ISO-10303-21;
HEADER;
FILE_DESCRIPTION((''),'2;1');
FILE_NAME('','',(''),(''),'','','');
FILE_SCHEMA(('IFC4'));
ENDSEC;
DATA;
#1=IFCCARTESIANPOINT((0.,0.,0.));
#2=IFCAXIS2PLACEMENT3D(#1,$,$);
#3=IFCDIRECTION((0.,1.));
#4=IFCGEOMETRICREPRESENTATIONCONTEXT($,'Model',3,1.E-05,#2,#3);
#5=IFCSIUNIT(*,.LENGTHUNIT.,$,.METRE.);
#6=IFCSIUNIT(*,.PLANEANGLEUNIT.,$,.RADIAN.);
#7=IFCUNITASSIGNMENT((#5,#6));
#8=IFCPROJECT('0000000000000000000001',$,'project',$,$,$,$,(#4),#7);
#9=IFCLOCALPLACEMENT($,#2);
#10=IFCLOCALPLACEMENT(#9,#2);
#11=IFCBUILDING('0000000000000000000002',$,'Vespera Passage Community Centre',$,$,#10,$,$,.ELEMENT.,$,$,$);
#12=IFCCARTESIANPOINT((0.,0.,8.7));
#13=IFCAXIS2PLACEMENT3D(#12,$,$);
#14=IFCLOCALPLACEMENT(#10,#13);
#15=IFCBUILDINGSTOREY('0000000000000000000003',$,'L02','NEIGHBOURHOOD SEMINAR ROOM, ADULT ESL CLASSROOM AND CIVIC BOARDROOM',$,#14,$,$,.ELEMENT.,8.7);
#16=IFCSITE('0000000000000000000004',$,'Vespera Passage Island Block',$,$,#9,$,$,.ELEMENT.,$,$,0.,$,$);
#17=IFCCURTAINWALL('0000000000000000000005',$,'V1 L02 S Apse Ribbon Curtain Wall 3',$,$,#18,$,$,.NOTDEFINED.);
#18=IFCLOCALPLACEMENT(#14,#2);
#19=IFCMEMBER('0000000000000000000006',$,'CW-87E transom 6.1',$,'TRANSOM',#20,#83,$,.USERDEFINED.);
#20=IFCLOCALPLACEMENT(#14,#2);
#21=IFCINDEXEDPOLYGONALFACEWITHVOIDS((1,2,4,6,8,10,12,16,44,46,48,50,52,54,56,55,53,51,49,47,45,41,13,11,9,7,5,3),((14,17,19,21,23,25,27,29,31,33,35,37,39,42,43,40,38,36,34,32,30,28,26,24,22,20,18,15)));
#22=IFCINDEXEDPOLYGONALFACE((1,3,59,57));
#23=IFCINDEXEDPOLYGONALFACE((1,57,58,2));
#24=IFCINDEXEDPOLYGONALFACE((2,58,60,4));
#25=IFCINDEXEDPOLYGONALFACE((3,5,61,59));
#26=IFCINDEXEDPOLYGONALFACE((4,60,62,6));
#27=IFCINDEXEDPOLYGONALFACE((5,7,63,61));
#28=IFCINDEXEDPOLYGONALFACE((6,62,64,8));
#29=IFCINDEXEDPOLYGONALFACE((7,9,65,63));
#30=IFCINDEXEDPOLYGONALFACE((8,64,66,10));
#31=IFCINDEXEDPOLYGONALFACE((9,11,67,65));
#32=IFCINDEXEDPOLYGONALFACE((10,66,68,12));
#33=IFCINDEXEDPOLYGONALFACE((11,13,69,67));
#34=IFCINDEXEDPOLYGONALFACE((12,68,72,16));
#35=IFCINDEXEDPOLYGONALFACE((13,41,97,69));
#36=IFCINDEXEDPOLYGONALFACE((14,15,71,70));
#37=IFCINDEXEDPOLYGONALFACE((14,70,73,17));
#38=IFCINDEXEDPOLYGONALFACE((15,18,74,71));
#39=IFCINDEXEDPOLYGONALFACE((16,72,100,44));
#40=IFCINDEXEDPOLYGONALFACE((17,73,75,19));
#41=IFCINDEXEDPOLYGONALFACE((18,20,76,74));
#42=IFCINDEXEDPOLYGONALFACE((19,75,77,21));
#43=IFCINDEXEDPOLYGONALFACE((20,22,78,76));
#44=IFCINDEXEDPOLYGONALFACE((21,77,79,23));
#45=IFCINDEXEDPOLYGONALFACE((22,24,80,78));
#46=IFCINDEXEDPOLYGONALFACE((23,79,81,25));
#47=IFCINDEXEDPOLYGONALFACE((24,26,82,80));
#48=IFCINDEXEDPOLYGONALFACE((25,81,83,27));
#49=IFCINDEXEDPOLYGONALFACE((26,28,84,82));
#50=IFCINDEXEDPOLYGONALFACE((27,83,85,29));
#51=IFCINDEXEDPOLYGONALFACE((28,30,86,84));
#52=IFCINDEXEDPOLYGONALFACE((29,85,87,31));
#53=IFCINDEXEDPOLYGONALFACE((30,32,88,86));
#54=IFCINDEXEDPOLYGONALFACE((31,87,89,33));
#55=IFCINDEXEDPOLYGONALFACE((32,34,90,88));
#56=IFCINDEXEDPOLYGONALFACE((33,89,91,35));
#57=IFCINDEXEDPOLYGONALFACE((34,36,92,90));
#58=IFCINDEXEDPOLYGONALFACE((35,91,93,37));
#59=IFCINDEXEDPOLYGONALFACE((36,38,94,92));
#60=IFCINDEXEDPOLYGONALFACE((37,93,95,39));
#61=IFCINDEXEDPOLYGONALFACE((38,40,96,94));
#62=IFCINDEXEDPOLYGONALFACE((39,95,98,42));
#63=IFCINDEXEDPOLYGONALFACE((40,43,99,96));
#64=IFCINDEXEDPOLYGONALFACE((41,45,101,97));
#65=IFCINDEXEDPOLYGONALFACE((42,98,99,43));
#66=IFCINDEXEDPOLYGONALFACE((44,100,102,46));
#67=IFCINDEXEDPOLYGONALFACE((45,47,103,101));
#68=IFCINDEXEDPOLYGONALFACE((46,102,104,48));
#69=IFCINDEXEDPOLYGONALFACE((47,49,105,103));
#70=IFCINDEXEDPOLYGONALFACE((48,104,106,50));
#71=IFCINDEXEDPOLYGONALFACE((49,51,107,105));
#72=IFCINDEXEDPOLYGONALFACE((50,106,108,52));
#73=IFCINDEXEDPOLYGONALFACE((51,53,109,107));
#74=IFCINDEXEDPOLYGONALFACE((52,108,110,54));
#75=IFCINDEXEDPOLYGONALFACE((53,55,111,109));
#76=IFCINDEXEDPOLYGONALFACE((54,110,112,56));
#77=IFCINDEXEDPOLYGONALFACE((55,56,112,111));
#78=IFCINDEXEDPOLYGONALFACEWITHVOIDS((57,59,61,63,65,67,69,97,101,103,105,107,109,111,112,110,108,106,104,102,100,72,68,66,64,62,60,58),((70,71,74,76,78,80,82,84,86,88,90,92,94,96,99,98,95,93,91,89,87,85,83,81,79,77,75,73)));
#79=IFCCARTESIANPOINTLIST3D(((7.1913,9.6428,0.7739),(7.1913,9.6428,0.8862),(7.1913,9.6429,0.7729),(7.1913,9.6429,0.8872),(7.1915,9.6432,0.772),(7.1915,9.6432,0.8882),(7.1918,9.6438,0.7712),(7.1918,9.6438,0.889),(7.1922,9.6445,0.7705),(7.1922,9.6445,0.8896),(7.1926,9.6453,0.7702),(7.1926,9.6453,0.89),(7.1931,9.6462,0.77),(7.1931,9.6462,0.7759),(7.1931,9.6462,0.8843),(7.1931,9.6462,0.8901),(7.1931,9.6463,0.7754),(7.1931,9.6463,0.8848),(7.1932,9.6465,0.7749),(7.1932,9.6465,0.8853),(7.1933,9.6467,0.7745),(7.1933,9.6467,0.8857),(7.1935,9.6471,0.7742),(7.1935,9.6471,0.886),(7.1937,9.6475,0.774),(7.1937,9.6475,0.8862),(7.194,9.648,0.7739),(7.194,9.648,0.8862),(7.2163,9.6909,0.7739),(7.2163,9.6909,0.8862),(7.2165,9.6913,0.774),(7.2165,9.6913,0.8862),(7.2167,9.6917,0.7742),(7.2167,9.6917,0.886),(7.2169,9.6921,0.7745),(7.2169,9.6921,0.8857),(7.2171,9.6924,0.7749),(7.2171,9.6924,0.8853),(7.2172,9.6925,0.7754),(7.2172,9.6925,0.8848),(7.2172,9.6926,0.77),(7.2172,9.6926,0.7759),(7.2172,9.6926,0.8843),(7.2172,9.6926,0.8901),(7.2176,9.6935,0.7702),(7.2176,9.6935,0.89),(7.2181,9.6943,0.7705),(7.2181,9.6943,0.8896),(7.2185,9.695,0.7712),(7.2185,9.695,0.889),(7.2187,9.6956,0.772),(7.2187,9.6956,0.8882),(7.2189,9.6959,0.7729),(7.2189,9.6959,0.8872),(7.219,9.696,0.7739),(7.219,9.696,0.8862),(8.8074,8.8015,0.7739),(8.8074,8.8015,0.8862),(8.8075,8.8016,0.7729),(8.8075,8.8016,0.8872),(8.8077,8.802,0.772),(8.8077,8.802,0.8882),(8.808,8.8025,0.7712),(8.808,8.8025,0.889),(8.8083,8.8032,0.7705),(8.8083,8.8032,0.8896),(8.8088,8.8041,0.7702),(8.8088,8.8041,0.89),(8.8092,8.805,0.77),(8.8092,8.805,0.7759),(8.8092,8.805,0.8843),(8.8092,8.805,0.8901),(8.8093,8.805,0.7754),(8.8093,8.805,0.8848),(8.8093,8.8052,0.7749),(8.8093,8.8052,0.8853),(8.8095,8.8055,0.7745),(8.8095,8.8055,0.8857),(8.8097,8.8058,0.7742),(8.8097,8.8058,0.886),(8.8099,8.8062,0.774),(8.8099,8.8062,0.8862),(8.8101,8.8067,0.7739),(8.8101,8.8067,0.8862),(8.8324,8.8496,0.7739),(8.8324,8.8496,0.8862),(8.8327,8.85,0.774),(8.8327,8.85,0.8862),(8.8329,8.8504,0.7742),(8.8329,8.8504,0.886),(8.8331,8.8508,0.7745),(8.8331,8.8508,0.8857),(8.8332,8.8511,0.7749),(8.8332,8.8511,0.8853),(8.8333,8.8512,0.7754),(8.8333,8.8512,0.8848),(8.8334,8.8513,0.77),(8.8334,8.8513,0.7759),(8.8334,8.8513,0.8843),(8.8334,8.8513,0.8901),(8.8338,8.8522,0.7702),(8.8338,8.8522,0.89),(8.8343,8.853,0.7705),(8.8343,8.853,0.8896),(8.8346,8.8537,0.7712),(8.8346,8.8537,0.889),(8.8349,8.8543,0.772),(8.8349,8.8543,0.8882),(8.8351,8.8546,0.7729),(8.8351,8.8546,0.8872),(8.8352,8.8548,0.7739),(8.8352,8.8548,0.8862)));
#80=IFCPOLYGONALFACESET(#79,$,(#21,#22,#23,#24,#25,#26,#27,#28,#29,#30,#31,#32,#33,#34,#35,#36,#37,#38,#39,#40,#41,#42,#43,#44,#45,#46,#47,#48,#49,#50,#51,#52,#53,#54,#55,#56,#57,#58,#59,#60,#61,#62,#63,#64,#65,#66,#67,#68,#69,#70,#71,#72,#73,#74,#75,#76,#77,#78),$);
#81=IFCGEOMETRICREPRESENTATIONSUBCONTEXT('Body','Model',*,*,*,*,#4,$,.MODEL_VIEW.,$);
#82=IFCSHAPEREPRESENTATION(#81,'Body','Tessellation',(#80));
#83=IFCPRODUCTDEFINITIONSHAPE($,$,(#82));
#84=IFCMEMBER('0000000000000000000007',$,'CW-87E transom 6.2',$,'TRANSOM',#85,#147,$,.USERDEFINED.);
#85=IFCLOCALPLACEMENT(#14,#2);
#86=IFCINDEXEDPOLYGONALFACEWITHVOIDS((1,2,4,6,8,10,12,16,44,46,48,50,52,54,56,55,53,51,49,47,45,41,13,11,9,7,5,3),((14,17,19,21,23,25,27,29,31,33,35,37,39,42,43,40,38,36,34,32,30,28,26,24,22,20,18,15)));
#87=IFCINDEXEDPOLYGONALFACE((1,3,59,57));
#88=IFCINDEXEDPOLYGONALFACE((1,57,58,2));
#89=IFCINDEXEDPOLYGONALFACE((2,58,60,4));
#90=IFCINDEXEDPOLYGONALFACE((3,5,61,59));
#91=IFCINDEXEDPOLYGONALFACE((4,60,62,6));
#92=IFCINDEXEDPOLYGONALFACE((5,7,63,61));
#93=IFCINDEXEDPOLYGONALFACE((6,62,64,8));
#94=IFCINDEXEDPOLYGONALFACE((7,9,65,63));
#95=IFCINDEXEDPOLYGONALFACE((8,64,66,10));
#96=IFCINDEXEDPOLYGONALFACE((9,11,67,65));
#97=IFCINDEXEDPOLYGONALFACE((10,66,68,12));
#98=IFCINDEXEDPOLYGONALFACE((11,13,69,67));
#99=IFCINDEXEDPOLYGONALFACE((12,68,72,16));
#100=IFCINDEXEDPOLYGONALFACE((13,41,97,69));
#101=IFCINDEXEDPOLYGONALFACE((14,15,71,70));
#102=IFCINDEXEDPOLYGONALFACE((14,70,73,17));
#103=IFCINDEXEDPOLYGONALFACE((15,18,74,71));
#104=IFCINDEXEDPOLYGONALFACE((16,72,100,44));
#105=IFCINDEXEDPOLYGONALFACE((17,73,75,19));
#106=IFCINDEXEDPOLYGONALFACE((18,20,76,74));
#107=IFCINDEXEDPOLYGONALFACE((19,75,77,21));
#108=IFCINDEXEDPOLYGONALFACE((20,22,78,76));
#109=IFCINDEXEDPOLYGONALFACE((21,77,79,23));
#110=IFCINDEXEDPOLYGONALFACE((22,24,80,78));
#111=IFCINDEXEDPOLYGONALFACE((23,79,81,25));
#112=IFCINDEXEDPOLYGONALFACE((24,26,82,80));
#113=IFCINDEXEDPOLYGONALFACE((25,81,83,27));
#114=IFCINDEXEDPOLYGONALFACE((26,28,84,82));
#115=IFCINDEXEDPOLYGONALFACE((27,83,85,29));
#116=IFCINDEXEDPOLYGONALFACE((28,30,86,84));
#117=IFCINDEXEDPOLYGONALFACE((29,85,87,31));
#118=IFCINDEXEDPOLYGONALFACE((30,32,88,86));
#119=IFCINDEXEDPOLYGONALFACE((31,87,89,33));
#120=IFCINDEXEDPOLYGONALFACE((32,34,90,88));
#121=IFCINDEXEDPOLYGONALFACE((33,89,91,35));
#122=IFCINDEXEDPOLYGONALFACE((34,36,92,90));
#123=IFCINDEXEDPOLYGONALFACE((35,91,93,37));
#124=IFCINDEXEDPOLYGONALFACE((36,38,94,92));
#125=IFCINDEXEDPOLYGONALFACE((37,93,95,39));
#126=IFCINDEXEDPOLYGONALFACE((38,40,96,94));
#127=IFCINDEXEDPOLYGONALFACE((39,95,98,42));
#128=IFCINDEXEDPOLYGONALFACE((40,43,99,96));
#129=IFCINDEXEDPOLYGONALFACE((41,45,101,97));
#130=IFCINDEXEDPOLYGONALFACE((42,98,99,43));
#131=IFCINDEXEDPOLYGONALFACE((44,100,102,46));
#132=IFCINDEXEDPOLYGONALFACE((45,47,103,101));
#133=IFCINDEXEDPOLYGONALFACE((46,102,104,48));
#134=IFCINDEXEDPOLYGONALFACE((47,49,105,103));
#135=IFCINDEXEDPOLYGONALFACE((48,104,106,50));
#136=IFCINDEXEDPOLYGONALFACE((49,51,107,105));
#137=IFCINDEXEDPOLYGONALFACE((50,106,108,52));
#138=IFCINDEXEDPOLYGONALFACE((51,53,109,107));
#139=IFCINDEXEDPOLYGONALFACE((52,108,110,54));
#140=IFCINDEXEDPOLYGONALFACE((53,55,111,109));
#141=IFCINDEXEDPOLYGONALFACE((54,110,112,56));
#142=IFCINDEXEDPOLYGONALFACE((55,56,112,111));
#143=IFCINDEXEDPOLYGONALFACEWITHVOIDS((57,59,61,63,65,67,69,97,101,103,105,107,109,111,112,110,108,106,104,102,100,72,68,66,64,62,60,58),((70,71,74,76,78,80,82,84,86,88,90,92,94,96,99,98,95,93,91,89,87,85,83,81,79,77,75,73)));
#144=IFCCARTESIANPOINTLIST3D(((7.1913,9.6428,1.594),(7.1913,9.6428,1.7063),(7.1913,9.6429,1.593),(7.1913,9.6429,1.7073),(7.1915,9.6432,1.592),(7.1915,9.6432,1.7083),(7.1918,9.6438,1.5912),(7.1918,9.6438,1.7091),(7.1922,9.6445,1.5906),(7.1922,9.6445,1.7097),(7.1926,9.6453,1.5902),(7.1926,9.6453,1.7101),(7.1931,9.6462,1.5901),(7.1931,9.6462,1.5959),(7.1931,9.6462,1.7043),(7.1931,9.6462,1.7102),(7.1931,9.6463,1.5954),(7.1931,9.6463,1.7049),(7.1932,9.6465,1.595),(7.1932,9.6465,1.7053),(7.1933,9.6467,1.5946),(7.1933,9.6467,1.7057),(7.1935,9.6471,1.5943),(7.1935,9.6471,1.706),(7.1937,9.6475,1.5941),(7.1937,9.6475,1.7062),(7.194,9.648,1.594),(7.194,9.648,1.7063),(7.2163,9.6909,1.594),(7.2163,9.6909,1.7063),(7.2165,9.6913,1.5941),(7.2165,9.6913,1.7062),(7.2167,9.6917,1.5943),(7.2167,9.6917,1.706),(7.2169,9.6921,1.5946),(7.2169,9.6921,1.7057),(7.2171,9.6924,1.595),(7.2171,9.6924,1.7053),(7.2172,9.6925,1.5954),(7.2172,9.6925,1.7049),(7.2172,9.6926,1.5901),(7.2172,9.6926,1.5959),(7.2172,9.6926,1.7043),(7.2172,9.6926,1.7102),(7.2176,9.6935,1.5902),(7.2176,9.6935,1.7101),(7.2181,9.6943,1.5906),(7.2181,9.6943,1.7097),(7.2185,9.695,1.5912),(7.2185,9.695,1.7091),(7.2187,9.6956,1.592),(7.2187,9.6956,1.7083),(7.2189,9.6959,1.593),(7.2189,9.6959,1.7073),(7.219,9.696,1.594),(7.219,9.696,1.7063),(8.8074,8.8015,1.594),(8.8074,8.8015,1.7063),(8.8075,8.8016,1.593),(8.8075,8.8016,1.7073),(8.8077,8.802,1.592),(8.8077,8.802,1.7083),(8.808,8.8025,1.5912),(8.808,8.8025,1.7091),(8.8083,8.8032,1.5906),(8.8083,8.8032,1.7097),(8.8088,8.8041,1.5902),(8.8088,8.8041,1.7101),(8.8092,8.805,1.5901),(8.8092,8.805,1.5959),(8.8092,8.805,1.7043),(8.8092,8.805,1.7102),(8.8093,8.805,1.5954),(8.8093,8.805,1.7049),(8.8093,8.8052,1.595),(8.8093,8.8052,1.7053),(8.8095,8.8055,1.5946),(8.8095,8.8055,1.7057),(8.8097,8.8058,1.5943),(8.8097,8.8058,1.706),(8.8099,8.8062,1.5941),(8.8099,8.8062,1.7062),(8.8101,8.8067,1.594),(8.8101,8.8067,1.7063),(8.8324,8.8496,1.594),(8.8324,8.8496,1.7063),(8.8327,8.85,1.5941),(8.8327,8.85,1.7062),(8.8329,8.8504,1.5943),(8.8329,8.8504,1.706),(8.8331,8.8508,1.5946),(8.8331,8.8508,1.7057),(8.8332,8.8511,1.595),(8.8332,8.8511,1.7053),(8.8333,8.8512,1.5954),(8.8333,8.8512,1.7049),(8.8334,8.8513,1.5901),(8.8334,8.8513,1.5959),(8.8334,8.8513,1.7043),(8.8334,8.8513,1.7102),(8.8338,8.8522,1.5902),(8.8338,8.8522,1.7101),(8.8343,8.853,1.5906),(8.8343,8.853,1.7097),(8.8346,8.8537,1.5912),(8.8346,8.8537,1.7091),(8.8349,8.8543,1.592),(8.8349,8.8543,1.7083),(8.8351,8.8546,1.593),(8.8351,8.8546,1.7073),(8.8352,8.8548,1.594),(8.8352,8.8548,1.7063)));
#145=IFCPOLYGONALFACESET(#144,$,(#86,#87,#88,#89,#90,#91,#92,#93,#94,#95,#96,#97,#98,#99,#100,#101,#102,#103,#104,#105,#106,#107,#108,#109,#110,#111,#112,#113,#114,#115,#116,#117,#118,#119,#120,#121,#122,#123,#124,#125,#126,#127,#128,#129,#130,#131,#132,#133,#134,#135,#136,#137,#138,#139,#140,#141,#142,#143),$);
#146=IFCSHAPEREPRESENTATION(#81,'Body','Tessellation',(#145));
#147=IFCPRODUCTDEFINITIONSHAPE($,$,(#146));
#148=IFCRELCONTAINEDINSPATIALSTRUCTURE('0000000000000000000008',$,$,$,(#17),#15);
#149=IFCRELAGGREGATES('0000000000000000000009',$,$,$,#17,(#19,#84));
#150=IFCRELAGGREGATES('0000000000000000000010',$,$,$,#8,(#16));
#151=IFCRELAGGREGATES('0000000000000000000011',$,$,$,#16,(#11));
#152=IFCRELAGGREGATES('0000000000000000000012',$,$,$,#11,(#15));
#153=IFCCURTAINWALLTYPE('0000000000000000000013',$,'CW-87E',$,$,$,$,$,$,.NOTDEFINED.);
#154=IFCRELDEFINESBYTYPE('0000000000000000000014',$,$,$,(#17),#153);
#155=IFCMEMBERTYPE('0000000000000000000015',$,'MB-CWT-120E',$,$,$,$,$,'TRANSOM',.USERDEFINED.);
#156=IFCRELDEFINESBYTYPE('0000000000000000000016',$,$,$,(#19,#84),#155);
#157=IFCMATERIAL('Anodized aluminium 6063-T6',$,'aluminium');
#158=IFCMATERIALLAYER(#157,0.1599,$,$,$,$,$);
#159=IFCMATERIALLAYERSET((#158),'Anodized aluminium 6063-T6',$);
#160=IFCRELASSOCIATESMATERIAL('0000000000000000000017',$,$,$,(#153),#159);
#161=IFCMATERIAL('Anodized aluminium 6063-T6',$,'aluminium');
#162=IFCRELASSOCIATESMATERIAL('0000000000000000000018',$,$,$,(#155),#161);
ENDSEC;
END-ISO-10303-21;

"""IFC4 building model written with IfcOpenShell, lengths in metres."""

from ifc_helpers import new_model, si_unit, direction, frame, origin, origin_2d, place, context, subcontext, project, spatial, hollow_rectangle, extrude, material, layer, layer_set, material_profile, profile_set, type_object, element, aggregate, save


model = new_model("IFC4")

# Units and contexts
model_context = context("Model", 3, precision=1e-05, world=origin(), true_north=direction((0.0, 1.0)))
body_context = subcontext(model_context, "Body", "Model", "MODEL_VIEW")
ifc_project = project(units=[si_unit("LENGTHUNIT", "METRE"), si_unit("PLANEANGLEUNIT", "RADIAN")], contexts=[model_context])

# Site, building, storey
site_placement = place(None, origin())
site = spatial("IfcSite", under=ifc_project, at=site_placement, Name="Vespera Passage Island Block", CompositionType="ELEMENT", RefElevation=0.0)
building_placement = place(site_placement, origin())
building = spatial("IfcBuilding", under=site, at=building_placement, Name="Vespera Passage Community Centre", CompositionType="ELEMENT")
storey_placement = place(building_placement, frame((0.0, 0.0, 8.7)))
storey = spatial("IfcBuildingStorey", under=building, at=storey_placement, Name="L02", Description="NEIGHBOURHOOD SEMINAR ROOM, ADULT ESL CLASSROOM AND CIVIC BOARDROOM", CompositionType="ELEMENT", Elevation=8.7)

# Curtain wall
ifc_material_1 = material(Name="Anodized aluminium 6063-T6", Category="aluminium")
ifc_layer_1 = layer(ifc_material_1, 0.1599)
ifc_layer_set_1 = layer_set([ifc_layer_1], Name="Anodized aluminium 6063-T6")
curtain_wall_type_1 = type_object("IfcCurtainWallType", Name="CW-87E", PredefinedType="NOTDEFINED", material=ifc_layer_set_1)
curtain_wall_1_placement = place(storey_placement, origin())
curtain_wall_1 = element("IfcCurtainWall", 1, at=curtain_wall_1_placement, inside=storey, type_object=curtain_wall_type_1, Name="V1 L02 S Apse Ribbon Curtain Wall 3", PredefinedType="NOTDEFINED")
ifc_material_2 = material(Name="Anodized aluminium 6063-T6", Category="aluminium")
ifc_material_profile_1 = material_profile(ifc_material_2, hollow_rectangle(XDim=0.0601, YDim=0.1201, WallThickness=0.0039, InnerFilletRadius=0.002, OuterFilletRadius=0.0039, at=origin_2d()), Name="ALU120X60X4")
ifc_profile_set_1 = profile_set([ifc_material_profile_1], Name="Anodized aluminium 6063-T6")
member_type_1 = type_object("IfcMemberType", Name="MB-CWT-120E", ElementType="TRANSOM", PredefinedType="USERDEFINED", material=ifc_profile_set_1)

# Members
member_1_placement = place(storey_placement, frame((8.8213, 8.8281, 0.8301), z_axis=(-0.887019, 0.461732, 0.0), x_axis=(-0.461732, -0.887019, 0.0)))
member_1 = element("IfcMember", 2, at=member_1_placement, type_object=member_type_1, Name="CW-87E transom 6.1", ObjectType="TRANSOM", PredefinedType="USERDEFINED", context=body_context, shape_type="SweptSolid", body=[
    extrude(hollow_rectangle(XDim=0.0601, YDim=0.1201, WallThickness=0.0039, InnerFilletRadius=0.002, OuterFilletRadius=0.0039, at=origin_2d()), origin(), (0.0, 0.0, 1.0), 1.822),
])
member_2_placement = place(storey_placement, frame((8.8213, 8.8281, 1.6501), z_axis=(-0.887019, 0.461732, 0.0), x_axis=(-0.461732, -0.887019, 0.0)))
member_2 = element("IfcMember", 3, at=member_2_placement, type_object=member_type_1, Name="CW-87E transom 6.2", ObjectType="TRANSOM", PredefinedType="USERDEFINED", context=body_context, shape_type="SweptSolid", body=[
    extrude(hollow_rectangle(XDim=0.0601, YDim=0.1201, WallThickness=0.0039, InnerFilletRadius=0.002, OuterFilletRadius=0.0039, at=origin_2d()), origin(), (0.0, 0.0, 1.0), 1.822),
])

aggregate(curtain_wall_1, [member_1, member_2])

save(model, "model.ifc")
